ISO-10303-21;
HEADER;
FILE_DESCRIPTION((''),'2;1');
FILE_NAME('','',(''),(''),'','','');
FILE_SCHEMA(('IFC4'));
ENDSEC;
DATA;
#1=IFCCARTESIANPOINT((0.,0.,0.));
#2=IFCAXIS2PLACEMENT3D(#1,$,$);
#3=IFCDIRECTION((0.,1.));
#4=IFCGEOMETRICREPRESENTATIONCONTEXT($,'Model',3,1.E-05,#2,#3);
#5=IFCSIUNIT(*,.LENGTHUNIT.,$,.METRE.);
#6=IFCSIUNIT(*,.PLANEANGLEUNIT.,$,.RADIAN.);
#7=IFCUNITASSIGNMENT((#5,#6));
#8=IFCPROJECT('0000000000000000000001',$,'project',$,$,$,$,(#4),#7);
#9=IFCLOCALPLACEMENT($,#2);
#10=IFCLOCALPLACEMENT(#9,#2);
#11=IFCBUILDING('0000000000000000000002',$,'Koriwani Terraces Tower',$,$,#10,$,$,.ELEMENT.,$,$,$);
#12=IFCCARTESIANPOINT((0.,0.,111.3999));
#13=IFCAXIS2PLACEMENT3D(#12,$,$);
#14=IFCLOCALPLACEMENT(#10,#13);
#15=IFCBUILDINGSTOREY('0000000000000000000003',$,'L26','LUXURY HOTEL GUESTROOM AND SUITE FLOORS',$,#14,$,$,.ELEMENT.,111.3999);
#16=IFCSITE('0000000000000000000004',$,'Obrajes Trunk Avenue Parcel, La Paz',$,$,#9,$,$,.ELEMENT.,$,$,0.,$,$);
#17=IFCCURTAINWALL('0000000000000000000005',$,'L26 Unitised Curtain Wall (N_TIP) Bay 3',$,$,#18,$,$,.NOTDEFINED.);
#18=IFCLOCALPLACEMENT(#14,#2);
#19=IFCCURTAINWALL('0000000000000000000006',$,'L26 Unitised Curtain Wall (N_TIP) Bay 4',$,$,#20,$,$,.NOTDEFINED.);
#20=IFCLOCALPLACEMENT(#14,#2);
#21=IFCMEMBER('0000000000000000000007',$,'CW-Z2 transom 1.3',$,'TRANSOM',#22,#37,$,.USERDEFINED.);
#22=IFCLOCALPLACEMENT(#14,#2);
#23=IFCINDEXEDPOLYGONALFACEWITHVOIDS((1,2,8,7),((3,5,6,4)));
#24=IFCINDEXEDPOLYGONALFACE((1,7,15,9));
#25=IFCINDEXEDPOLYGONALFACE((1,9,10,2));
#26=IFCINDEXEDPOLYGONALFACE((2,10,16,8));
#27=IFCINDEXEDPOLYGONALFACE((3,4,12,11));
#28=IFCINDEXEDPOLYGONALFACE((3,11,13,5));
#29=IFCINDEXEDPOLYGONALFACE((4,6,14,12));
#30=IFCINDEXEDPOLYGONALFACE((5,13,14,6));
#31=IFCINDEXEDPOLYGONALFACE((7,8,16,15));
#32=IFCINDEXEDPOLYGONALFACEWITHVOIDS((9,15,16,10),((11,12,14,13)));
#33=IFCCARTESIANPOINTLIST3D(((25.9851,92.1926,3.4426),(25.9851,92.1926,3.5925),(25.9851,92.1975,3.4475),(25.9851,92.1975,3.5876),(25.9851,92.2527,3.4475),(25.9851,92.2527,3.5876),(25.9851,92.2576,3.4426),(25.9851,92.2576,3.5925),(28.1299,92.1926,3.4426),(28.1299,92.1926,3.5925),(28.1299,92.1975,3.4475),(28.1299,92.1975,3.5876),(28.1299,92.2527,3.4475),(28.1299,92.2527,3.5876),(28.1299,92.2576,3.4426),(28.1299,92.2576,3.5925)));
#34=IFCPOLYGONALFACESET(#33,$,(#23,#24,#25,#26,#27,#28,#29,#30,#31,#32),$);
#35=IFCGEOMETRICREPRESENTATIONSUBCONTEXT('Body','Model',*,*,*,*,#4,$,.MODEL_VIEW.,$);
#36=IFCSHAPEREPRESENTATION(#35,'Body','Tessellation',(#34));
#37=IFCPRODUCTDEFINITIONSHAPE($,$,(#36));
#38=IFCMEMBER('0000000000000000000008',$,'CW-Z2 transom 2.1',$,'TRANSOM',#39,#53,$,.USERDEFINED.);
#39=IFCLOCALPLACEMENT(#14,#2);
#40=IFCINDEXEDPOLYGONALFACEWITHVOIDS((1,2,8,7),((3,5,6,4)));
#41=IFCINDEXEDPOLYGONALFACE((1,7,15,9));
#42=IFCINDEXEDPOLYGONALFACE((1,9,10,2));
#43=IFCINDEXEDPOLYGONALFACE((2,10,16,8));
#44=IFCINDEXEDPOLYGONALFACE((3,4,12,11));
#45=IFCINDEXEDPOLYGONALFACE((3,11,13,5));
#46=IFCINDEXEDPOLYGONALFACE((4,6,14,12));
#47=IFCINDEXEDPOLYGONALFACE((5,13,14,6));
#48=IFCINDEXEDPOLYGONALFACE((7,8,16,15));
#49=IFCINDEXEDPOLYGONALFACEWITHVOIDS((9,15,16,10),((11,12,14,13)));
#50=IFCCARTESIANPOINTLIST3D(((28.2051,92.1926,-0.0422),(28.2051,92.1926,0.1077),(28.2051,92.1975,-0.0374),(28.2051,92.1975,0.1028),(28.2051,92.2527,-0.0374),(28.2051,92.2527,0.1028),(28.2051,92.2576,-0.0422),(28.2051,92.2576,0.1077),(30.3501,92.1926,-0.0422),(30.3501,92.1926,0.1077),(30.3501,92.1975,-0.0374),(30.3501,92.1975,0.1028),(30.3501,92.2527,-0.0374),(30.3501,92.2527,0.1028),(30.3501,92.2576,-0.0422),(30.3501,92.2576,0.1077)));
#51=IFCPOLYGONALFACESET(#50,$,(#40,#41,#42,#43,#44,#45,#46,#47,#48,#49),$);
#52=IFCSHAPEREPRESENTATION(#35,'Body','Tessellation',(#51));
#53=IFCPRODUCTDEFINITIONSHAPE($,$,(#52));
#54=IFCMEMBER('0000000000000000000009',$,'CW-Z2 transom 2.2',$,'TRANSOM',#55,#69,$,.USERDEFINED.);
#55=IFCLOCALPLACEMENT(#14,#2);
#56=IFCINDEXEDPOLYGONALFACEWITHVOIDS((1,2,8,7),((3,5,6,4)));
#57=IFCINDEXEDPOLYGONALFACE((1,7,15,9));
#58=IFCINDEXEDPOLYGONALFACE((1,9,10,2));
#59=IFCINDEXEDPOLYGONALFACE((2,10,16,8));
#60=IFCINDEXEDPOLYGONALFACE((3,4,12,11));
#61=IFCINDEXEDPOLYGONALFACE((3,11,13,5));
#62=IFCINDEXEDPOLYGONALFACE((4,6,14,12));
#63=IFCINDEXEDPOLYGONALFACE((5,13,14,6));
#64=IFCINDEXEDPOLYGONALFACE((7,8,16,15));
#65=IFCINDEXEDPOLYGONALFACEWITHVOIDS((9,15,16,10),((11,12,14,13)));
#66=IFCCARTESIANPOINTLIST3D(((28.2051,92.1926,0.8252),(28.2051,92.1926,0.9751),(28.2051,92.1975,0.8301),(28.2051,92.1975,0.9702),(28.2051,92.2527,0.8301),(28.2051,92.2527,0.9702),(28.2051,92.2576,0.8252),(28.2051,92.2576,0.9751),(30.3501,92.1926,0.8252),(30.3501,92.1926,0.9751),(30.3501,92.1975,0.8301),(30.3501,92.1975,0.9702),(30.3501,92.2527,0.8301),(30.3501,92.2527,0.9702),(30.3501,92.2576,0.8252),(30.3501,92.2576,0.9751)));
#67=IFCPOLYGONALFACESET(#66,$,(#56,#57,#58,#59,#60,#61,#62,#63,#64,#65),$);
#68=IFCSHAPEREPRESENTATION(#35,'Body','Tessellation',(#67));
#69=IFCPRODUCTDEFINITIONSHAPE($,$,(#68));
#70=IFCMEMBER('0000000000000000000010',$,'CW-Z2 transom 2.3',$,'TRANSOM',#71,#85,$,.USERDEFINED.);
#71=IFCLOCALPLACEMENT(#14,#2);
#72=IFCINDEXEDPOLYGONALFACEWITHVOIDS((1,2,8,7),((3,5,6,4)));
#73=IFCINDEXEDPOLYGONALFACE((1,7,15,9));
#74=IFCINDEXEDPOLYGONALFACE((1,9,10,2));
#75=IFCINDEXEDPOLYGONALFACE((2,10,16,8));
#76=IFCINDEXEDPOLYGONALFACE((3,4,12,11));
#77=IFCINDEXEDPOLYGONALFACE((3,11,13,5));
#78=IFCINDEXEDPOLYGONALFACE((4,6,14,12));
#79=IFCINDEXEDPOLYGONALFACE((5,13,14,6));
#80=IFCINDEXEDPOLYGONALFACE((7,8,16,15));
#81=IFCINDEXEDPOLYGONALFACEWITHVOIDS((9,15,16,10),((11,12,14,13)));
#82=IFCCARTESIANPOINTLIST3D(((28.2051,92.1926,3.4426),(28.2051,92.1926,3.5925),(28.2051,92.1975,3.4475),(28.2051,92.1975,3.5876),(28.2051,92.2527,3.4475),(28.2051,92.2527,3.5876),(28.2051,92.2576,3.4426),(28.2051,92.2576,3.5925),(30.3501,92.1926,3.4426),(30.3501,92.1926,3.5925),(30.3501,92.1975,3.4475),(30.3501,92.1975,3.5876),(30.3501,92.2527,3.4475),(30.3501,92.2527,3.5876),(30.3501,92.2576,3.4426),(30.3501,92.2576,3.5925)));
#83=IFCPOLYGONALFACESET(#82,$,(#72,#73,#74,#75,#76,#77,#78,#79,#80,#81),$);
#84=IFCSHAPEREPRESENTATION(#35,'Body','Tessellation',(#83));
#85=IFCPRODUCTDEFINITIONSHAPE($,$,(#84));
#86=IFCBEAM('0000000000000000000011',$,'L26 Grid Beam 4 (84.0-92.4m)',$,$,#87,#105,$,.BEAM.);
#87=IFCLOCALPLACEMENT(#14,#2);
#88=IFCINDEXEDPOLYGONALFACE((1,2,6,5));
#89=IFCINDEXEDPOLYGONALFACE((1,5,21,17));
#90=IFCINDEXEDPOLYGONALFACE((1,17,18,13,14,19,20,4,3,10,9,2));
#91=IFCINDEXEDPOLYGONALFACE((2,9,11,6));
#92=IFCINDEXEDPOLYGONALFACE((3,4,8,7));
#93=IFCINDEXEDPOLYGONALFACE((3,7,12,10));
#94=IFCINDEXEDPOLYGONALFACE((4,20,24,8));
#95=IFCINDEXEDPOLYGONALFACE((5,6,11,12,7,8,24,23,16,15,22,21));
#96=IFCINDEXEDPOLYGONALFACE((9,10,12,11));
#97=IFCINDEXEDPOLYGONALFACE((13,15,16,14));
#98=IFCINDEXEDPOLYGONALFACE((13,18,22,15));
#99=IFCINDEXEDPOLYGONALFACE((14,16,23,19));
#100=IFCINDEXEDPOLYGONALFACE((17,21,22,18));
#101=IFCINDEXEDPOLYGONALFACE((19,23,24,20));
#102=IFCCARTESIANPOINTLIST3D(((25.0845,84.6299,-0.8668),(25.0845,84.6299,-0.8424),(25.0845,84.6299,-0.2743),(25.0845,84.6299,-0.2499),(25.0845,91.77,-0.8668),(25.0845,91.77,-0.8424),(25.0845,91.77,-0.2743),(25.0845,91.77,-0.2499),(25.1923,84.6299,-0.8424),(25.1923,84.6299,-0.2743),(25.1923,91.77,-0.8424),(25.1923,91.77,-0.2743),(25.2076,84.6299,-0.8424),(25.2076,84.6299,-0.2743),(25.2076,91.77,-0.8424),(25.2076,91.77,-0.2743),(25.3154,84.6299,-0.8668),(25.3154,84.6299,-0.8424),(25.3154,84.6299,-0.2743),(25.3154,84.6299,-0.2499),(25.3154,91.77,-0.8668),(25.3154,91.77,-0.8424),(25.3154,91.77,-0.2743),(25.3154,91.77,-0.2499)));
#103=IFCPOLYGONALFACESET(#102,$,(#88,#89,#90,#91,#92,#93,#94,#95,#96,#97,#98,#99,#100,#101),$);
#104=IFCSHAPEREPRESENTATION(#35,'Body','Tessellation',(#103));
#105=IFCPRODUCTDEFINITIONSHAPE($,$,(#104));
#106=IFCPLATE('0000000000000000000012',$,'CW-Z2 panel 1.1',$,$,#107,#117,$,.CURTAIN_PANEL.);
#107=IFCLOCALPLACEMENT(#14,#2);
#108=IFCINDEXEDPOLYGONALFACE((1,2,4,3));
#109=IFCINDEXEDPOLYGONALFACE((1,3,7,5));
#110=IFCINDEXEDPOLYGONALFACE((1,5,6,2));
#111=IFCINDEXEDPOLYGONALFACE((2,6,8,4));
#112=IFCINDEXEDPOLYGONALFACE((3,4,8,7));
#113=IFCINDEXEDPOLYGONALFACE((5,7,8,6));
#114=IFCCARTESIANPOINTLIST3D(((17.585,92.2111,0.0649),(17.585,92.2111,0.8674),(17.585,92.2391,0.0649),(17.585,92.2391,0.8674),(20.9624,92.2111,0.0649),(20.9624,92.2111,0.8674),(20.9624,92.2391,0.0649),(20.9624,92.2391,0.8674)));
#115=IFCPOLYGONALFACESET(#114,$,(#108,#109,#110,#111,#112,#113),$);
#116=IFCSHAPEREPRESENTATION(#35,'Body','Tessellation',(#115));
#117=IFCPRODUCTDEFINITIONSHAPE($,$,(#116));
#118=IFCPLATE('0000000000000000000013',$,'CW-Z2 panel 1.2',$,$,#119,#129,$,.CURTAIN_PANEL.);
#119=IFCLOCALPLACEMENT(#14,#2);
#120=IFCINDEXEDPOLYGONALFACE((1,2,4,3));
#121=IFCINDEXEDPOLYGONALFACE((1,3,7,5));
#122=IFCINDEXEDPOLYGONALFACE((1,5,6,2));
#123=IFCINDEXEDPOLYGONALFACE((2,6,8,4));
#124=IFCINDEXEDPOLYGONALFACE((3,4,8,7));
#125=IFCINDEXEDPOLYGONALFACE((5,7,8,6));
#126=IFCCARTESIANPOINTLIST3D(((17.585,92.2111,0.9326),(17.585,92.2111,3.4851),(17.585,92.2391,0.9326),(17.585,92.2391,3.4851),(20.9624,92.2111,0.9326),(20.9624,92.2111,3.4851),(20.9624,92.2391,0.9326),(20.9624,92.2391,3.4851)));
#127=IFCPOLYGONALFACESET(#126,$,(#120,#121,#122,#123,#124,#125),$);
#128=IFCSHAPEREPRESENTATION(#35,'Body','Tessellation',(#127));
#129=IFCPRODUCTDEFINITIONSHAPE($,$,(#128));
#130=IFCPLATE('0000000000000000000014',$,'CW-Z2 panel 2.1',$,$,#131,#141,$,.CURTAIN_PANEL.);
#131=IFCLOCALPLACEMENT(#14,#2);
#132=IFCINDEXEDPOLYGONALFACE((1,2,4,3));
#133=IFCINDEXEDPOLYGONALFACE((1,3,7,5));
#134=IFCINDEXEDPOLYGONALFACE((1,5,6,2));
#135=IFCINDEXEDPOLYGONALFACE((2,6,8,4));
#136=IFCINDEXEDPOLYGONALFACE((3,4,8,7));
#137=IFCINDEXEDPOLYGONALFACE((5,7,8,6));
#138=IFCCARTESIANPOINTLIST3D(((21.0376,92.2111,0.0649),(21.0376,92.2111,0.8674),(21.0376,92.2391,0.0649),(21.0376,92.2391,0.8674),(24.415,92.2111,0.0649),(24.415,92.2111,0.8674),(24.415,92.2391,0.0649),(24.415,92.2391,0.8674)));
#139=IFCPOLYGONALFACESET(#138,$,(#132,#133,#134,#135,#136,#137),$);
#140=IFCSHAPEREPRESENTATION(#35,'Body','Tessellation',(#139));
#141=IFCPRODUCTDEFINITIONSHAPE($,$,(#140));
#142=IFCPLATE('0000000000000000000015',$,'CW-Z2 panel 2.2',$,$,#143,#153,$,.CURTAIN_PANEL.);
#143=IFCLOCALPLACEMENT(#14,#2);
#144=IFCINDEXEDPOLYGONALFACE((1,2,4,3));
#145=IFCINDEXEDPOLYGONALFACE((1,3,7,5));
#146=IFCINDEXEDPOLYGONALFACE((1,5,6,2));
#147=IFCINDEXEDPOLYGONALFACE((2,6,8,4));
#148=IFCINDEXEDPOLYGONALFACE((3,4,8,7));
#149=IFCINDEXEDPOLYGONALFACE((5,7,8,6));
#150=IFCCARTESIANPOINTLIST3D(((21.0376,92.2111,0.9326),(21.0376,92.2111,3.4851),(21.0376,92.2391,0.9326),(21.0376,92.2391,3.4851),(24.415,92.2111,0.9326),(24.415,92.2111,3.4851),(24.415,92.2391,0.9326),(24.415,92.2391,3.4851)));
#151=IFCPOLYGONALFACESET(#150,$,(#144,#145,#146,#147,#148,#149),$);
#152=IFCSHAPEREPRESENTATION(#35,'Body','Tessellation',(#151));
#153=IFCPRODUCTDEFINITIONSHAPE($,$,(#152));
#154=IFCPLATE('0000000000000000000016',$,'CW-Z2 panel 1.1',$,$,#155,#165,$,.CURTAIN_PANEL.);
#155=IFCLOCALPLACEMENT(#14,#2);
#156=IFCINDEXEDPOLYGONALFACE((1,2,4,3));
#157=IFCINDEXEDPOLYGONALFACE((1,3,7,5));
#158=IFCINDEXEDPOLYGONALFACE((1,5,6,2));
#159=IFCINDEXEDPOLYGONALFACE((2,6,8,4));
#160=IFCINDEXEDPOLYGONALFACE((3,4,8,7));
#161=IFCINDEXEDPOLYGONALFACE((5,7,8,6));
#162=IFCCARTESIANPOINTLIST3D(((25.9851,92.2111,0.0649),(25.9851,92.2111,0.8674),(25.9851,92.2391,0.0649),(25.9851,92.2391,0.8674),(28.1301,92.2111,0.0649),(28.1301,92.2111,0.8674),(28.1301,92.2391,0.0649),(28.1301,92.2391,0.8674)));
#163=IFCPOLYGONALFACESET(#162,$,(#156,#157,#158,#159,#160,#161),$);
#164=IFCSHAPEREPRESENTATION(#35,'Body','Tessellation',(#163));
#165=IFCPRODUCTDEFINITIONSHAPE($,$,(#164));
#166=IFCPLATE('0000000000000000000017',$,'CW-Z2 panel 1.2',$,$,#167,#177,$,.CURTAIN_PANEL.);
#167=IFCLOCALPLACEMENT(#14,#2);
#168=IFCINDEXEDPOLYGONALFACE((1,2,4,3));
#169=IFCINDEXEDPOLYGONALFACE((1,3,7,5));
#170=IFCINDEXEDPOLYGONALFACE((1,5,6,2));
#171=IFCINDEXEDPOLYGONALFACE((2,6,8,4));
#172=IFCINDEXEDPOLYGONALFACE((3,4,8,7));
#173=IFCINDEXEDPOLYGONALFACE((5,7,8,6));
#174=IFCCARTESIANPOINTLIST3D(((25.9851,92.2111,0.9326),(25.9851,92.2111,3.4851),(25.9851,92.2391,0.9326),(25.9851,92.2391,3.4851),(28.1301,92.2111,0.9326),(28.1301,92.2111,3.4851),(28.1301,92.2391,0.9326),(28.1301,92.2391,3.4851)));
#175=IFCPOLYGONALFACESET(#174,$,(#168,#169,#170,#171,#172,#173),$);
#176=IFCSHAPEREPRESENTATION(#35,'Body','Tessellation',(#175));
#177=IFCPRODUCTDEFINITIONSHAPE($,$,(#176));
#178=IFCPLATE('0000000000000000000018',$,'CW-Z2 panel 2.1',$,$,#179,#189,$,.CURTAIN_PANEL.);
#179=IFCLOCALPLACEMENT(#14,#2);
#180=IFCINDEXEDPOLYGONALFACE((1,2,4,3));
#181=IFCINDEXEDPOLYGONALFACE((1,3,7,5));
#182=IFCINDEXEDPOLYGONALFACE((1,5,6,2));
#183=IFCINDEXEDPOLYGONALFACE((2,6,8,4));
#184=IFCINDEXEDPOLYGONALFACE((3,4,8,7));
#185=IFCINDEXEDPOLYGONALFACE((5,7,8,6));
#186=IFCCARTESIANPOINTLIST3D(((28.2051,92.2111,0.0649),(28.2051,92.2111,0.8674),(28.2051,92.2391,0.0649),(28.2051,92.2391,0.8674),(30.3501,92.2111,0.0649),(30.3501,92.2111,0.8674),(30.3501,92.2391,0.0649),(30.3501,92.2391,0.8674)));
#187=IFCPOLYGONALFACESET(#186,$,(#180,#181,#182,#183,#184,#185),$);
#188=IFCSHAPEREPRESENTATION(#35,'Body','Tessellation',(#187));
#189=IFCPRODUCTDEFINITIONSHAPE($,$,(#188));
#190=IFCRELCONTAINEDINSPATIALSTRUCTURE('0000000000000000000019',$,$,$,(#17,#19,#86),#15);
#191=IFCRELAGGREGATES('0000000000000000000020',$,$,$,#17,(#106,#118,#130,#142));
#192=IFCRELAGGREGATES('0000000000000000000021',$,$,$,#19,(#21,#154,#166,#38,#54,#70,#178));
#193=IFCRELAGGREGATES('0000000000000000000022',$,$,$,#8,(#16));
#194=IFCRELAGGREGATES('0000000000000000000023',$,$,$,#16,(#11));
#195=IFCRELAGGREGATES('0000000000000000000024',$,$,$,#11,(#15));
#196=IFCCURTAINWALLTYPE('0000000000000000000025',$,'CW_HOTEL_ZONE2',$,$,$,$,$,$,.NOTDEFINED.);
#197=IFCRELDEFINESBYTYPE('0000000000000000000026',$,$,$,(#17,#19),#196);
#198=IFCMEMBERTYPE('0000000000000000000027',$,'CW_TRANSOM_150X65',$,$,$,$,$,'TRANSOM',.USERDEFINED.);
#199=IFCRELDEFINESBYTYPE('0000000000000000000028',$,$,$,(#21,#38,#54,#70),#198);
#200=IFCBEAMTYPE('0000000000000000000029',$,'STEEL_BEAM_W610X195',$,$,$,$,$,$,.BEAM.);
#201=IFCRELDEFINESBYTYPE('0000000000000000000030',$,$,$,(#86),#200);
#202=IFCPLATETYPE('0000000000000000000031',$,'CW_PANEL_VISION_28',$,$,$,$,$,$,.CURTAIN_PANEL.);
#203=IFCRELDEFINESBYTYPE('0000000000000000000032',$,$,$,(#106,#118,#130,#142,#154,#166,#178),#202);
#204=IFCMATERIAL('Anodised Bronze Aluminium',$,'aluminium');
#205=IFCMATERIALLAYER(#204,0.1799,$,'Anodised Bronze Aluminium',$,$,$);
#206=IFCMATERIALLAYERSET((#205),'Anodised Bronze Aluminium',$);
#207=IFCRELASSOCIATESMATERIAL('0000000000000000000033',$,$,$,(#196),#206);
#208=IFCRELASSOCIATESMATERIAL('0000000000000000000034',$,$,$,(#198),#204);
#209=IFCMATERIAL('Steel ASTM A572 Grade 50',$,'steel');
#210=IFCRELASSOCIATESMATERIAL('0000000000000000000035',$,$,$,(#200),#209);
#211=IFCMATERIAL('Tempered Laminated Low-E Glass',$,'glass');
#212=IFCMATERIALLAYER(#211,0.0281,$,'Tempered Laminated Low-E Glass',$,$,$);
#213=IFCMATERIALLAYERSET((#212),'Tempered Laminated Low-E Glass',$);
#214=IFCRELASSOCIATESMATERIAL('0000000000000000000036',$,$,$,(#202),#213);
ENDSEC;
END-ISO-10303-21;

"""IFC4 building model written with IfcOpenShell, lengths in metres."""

from ifc_helpers import new_model, si_unit, direction, frame, origin, origin_2d, place, context, subcontext, project, spatial, rectangle, hollow_rectangle, i_section, extrude, material, layer, layer_set, material_profile, profile_set, type_object, element, aggregate, save


model = new_model("IFC4")

# Units and contexts
model_context = context("Model", 3, precision=1e-05, world=origin(), true_north=direction((0.0, 1.0)))
body_context = subcontext(model_context, "Body", "Model", "MODEL_VIEW")
ifc_project = project(units=[si_unit("LENGTHUNIT", "METRE"), si_unit("PLANEANGLEUNIT", "RADIAN")], contexts=[model_context])

# Site, building, storey
site_placement = place(None, origin())
site = spatial("IfcSite", under=ifc_project, at=site_placement, Name="Obrajes Trunk Avenue Parcel, La Paz", CompositionType="ELEMENT", RefElevation=0.0)
building_placement = place(site_placement, origin())
building = spatial("IfcBuilding", under=site, at=building_placement, Name="Koriwani Terraces Tower", CompositionType="ELEMENT")
storey_placement = place(building_placement, frame((0.0, 0.0, 111.3999)))
storey = spatial("IfcBuildingStorey", under=building, at=storey_placement, Name="L26", Description="LUXURY HOTEL GUESTROOM AND SUITE FLOORS", CompositionType="ELEMENT", Elevation=111.3999)

# Curtain walls
ifc_material_1 = material(Name="Anodised Bronze Aluminium", Category="aluminium")
ifc_layer_1 = layer(ifc_material_1, 0.1799, Name="Anodised Bronze Aluminium")
ifc_layer_set_1 = layer_set([ifc_layer_1], Name="Anodised Bronze Aluminium")
curtain_wall_type = type_object("IfcCurtainWallType", Name="CW_HOTEL_ZONE2", PredefinedType="NOTDEFINED", material=ifc_layer_set_1)
curtain_wall_1_placement = place(storey_placement, origin())
curtain_wall_1 = element("IfcCurtainWall", 1, at=curtain_wall_1_placement, inside=storey, type_object=curtain_wall_type, Name="L26 Unitised Curtain Wall (N_TIP) Bay 3", PredefinedType="NOTDEFINED")
curtain_wall_2_placement = place(storey_placement, origin())
curtain_wall_2 = element("IfcCurtainWall", 2, at=curtain_wall_2_placement, inside=storey, type_object=curtain_wall_type, Name="L26 Unitised Curtain Wall (N_TIP) Bay 4", PredefinedType="NOTDEFINED")

# Members
ifc_material_profile_1 = material_profile(ifc_material_1, hollow_rectangle(XDim=0.0649, YDim=0.1499, WallThickness=0.0049, at=origin_2d()), Name="Anodised Bronze Aluminium", Category="LoadBearing")
ifc_profile_set_1 = profile_set([ifc_material_profile_1], Name="Anodised Bronze Aluminium")
member_type_1 = type_object("IfcMemberType", Name="CW_TRANSOM_150X65", ElementType="TRANSOM", PredefinedType="USERDEFINED", material=ifc_profile_set_1)
member_1_placement = place(storey_placement, frame((25.9851, 92.2251, 3.5176), z_axis=(1.0, 0.0, 0.0), x_axis=(0.0, 1.0, 0.0)))
member_1 = element("IfcMember", 3, at=member_1_placement, type_object=member_type_1, Name="CW-Z2 transom 1.3", ObjectType="TRANSOM", PredefinedType="USERDEFINED", context=body_context, shape_type="SweptSolid", body=[
    extrude(hollow_rectangle(XDim=0.0649, YDim=0.1499, WallThickness=0.0049, at=origin_2d()), origin(), (0.0, 0.0, 1.0), 2.1448),
])
member_2_placement = place(storey_placement, frame((28.2051, 92.2251, 0.0327), z_axis=(1.0, 0.0, 0.0), x_axis=(0.0, 1.0, 0.0)))
member_2 = element("IfcMember", 4, at=member_2_placement, type_object=member_type_1, Name="CW-Z2 transom 2.1", ObjectType="TRANSOM", PredefinedType="USERDEFINED", context=body_context, shape_type="SweptSolid", body=[
    extrude(hollow_rectangle(XDim=0.0649, YDim=0.1499, WallThickness=0.0049, at=origin_2d()), origin(), (0.0, 0.0, 1.0), 2.145),
])
member_3_placement = place(storey_placement, frame((28.2051, 92.2251, 0.9001), z_axis=(1.0, 0.0, 0.0), x_axis=(0.0, 1.0, 0.0)))
member_3 = element("IfcMember", 5, at=member_3_placement, type_object=member_type_1, Name="CW-Z2 transom 2.2", ObjectType="TRANSOM", PredefinedType="USERDEFINED", context=body_context, shape_type="SweptSolid", body=[
    extrude(hollow_rectangle(XDim=0.0649, YDim=0.1499, WallThickness=0.0049, at=origin_2d()), origin(), (0.0, 0.0, 1.0), 2.145),
])
member_4_placement = place(storey_placement, frame((28.2051, 92.2251, 3.5176), z_axis=(1.0, 0.0, 0.0), x_axis=(0.0, 1.0, 0.0)))
member_4 = element("IfcMember", 6, at=member_4_placement, type_object=member_type_1, Name="CW-Z2 transom 2.3", ObjectType="TRANSOM", PredefinedType="USERDEFINED", context=body_context, shape_type="SweptSolid", body=[
    extrude(hollow_rectangle(XDim=0.0649, YDim=0.1499, WallThickness=0.0049, at=origin_2d()), origin(), (0.0, 0.0, 1.0), 2.145),
])

# Beam
ifc_material_2 = material(Name="Steel ASTM A572 Grade 50", Category="steel")
ifc_material_profile_2 = material_profile(ifc_material_2, i_section(OverallWidth=0.231, OverallDepth=0.6169, WebThickness=0.0154, FlangeThickness=0.0244, at=origin_2d()), Name="Steel ASTM A572 Grade 50", Category="LoadBearing")
ifc_profile_set_2 = profile_set([ifc_material_profile_2], Name="Steel ASTM A572 Grade 50")
beam_type = type_object("IfcBeamType", Name="STEEL_BEAM_W610X195", PredefinedType="BEAM", material=ifc_profile_set_2)
beam_placement = place(storey_placement, frame((25.2, 84.6299, -0.5583), z_axis=(0.0, 1.0, 0.0), x_axis=(-1.0, 0.0, 0.0)))
element("IfcBeam", 7, at=beam_placement, inside=storey, type_object=beam_type, Name="L26 Grid Beam 4 (84.0-92.4m)", PredefinedType="BEAM", context=body_context, shape_type="SweptSolid", body=[
    extrude(i_section(OverallWidth=0.231, OverallDepth=0.6169, WebThickness=0.0154, FlangeThickness=0.0244, at=origin_2d()), origin(), (0.0, 0.0, 1.0), 7.1401),
])

# Plates
ifc_material_3 = material(Name="Tempered Laminated Low-E Glass", Category="glass")
ifc_layer_2 = layer(ifc_material_3, 0.0281, Name="Tempered Laminated Low-E Glass")
ifc_layer_set_2 = layer_set([ifc_layer_2], Name="Tempered Laminated Low-E Glass")
plate_type = type_object("IfcPlateType", Name="CW_PANEL_VISION_28", PredefinedType="CURTAIN_PANEL", material=ifc_layer_set_2)
plate_1_placement = place(storey_placement, frame((19.2737, 92.2251, 0.0649), z_axis=(0.0, 0.0, 1.0), x_axis=(1.0, 0.0, 0.0)))
plate_1 = element("IfcPlate", 8, at=plate_1_placement, type_object=plate_type, Name="CW-Z2 panel 1.1", PredefinedType="CURTAIN_PANEL", context=body_context, shape_type="SweptSolid", body=[
    extrude(rectangle(XDim=3.3774, YDim=0.0281, at=origin_2d()), origin(), (0.0, 0.0, 1.0), 0.8025),
])
plate_2_placement = place(storey_placement, frame((19.2737, 92.2251, 0.9326), z_axis=(0.0, 0.0, 1.0), x_axis=(1.0, 0.0, 0.0)))
plate_2 = element("IfcPlate", 9, at=plate_2_placement, type_object=plate_type, Name="CW-Z2 panel 1.2", PredefinedType="CURTAIN_PANEL", context=body_context, shape_type="SweptSolid", body=[
    extrude(rectangle(XDim=3.3774, YDim=0.0281, at=origin_2d()), origin(), (0.0, 0.0, 1.0), 2.5525),
])
plate_3_placement = place(storey_placement, frame((22.7263, 92.2251, 0.0649), z_axis=(0.0, 0.0, 1.0), x_axis=(1.0, 0.0, 0.0)))
plate_3 = element("IfcPlate", 10, at=plate_3_placement, type_object=plate_type, Name="CW-Z2 panel 2.1", PredefinedType="CURTAIN_PANEL", context=body_context, shape_type="SweptSolid", body=[
    extrude(rectangle(XDim=3.3774, YDim=0.0281, at=origin_2d()), origin(), (0.0, 0.0, 1.0), 0.8025),
])
plate_4_placement = place(storey_placement, frame((22.7263, 92.2251, 0.9326), z_axis=(0.0, 0.0, 1.0), x_axis=(1.0, 0.0, 0.0)))
plate_4 = element("IfcPlate", 11, at=plate_4_placement, type_object=plate_type, Name="CW-Z2 panel 2.2", PredefinedType="CURTAIN_PANEL", context=body_context, shape_type="SweptSolid", body=[
    extrude(rectangle(XDim=3.3774, YDim=0.0281, at=origin_2d()), origin(), (0.0, 0.0, 1.0), 2.5525),
])
aggregate(curtain_wall_1, [plate_1, plate_2, plate_3, plate_4])
plate_5_placement = place(storey_placement, frame((27.0576, 92.2251, 0.0649), z_axis=(0.0, 0.0, 1.0), x_axis=(1.0, 0.0, 0.0)))
plate_5 = element("IfcPlate", 12, at=plate_5_placement, type_object=plate_type, Name="CW-Z2 panel 1.1", PredefinedType="CURTAIN_PANEL", context=body_context, shape_type="SweptSolid", body=[
    extrude(rectangle(XDim=2.145, YDim=0.0281, at=origin_2d()), origin(), (0.0, 0.0, 1.0), 0.8025),
])
plate_6_placement = place(storey_placement, frame((27.0576, 92.2251, 0.9326), z_axis=(0.0, 0.0, 1.0), x_axis=(1.0, 0.0, 0.0)))
plate_6 = element("IfcPlate", 13, at=plate_6_placement, type_object=plate_type, Name="CW-Z2 panel 1.2", PredefinedType="CURTAIN_PANEL", context=body_context, shape_type="SweptSolid", body=[
    extrude(rectangle(XDim=2.145, YDim=0.0281, at=origin_2d()), origin(), (0.0, 0.0, 1.0), 2.5525),
])
plate_7_placement = place(storey_placement, frame((29.2776, 92.2251, 0.0649), z_axis=(0.0, 0.0, 1.0), x_axis=(1.0, 0.0, 0.0)))
plate_7 = element("IfcPlate", 14, at=plate_7_placement, type_object=plate_type, Name="CW-Z2 panel 2.1", PredefinedType="CURTAIN_PANEL", context=body_context, shape_type="SweptSolid", body=[
    extrude(rectangle(XDim=2.145, YDim=0.0281, at=origin_2d()), origin(), (0.0, 0.0, 1.0), 0.8025),
])
aggregate(curtain_wall_2, [member_1, plate_5, plate_6, member_2, member_3, member_4, plate_7])

save(model, "model.ifc")
